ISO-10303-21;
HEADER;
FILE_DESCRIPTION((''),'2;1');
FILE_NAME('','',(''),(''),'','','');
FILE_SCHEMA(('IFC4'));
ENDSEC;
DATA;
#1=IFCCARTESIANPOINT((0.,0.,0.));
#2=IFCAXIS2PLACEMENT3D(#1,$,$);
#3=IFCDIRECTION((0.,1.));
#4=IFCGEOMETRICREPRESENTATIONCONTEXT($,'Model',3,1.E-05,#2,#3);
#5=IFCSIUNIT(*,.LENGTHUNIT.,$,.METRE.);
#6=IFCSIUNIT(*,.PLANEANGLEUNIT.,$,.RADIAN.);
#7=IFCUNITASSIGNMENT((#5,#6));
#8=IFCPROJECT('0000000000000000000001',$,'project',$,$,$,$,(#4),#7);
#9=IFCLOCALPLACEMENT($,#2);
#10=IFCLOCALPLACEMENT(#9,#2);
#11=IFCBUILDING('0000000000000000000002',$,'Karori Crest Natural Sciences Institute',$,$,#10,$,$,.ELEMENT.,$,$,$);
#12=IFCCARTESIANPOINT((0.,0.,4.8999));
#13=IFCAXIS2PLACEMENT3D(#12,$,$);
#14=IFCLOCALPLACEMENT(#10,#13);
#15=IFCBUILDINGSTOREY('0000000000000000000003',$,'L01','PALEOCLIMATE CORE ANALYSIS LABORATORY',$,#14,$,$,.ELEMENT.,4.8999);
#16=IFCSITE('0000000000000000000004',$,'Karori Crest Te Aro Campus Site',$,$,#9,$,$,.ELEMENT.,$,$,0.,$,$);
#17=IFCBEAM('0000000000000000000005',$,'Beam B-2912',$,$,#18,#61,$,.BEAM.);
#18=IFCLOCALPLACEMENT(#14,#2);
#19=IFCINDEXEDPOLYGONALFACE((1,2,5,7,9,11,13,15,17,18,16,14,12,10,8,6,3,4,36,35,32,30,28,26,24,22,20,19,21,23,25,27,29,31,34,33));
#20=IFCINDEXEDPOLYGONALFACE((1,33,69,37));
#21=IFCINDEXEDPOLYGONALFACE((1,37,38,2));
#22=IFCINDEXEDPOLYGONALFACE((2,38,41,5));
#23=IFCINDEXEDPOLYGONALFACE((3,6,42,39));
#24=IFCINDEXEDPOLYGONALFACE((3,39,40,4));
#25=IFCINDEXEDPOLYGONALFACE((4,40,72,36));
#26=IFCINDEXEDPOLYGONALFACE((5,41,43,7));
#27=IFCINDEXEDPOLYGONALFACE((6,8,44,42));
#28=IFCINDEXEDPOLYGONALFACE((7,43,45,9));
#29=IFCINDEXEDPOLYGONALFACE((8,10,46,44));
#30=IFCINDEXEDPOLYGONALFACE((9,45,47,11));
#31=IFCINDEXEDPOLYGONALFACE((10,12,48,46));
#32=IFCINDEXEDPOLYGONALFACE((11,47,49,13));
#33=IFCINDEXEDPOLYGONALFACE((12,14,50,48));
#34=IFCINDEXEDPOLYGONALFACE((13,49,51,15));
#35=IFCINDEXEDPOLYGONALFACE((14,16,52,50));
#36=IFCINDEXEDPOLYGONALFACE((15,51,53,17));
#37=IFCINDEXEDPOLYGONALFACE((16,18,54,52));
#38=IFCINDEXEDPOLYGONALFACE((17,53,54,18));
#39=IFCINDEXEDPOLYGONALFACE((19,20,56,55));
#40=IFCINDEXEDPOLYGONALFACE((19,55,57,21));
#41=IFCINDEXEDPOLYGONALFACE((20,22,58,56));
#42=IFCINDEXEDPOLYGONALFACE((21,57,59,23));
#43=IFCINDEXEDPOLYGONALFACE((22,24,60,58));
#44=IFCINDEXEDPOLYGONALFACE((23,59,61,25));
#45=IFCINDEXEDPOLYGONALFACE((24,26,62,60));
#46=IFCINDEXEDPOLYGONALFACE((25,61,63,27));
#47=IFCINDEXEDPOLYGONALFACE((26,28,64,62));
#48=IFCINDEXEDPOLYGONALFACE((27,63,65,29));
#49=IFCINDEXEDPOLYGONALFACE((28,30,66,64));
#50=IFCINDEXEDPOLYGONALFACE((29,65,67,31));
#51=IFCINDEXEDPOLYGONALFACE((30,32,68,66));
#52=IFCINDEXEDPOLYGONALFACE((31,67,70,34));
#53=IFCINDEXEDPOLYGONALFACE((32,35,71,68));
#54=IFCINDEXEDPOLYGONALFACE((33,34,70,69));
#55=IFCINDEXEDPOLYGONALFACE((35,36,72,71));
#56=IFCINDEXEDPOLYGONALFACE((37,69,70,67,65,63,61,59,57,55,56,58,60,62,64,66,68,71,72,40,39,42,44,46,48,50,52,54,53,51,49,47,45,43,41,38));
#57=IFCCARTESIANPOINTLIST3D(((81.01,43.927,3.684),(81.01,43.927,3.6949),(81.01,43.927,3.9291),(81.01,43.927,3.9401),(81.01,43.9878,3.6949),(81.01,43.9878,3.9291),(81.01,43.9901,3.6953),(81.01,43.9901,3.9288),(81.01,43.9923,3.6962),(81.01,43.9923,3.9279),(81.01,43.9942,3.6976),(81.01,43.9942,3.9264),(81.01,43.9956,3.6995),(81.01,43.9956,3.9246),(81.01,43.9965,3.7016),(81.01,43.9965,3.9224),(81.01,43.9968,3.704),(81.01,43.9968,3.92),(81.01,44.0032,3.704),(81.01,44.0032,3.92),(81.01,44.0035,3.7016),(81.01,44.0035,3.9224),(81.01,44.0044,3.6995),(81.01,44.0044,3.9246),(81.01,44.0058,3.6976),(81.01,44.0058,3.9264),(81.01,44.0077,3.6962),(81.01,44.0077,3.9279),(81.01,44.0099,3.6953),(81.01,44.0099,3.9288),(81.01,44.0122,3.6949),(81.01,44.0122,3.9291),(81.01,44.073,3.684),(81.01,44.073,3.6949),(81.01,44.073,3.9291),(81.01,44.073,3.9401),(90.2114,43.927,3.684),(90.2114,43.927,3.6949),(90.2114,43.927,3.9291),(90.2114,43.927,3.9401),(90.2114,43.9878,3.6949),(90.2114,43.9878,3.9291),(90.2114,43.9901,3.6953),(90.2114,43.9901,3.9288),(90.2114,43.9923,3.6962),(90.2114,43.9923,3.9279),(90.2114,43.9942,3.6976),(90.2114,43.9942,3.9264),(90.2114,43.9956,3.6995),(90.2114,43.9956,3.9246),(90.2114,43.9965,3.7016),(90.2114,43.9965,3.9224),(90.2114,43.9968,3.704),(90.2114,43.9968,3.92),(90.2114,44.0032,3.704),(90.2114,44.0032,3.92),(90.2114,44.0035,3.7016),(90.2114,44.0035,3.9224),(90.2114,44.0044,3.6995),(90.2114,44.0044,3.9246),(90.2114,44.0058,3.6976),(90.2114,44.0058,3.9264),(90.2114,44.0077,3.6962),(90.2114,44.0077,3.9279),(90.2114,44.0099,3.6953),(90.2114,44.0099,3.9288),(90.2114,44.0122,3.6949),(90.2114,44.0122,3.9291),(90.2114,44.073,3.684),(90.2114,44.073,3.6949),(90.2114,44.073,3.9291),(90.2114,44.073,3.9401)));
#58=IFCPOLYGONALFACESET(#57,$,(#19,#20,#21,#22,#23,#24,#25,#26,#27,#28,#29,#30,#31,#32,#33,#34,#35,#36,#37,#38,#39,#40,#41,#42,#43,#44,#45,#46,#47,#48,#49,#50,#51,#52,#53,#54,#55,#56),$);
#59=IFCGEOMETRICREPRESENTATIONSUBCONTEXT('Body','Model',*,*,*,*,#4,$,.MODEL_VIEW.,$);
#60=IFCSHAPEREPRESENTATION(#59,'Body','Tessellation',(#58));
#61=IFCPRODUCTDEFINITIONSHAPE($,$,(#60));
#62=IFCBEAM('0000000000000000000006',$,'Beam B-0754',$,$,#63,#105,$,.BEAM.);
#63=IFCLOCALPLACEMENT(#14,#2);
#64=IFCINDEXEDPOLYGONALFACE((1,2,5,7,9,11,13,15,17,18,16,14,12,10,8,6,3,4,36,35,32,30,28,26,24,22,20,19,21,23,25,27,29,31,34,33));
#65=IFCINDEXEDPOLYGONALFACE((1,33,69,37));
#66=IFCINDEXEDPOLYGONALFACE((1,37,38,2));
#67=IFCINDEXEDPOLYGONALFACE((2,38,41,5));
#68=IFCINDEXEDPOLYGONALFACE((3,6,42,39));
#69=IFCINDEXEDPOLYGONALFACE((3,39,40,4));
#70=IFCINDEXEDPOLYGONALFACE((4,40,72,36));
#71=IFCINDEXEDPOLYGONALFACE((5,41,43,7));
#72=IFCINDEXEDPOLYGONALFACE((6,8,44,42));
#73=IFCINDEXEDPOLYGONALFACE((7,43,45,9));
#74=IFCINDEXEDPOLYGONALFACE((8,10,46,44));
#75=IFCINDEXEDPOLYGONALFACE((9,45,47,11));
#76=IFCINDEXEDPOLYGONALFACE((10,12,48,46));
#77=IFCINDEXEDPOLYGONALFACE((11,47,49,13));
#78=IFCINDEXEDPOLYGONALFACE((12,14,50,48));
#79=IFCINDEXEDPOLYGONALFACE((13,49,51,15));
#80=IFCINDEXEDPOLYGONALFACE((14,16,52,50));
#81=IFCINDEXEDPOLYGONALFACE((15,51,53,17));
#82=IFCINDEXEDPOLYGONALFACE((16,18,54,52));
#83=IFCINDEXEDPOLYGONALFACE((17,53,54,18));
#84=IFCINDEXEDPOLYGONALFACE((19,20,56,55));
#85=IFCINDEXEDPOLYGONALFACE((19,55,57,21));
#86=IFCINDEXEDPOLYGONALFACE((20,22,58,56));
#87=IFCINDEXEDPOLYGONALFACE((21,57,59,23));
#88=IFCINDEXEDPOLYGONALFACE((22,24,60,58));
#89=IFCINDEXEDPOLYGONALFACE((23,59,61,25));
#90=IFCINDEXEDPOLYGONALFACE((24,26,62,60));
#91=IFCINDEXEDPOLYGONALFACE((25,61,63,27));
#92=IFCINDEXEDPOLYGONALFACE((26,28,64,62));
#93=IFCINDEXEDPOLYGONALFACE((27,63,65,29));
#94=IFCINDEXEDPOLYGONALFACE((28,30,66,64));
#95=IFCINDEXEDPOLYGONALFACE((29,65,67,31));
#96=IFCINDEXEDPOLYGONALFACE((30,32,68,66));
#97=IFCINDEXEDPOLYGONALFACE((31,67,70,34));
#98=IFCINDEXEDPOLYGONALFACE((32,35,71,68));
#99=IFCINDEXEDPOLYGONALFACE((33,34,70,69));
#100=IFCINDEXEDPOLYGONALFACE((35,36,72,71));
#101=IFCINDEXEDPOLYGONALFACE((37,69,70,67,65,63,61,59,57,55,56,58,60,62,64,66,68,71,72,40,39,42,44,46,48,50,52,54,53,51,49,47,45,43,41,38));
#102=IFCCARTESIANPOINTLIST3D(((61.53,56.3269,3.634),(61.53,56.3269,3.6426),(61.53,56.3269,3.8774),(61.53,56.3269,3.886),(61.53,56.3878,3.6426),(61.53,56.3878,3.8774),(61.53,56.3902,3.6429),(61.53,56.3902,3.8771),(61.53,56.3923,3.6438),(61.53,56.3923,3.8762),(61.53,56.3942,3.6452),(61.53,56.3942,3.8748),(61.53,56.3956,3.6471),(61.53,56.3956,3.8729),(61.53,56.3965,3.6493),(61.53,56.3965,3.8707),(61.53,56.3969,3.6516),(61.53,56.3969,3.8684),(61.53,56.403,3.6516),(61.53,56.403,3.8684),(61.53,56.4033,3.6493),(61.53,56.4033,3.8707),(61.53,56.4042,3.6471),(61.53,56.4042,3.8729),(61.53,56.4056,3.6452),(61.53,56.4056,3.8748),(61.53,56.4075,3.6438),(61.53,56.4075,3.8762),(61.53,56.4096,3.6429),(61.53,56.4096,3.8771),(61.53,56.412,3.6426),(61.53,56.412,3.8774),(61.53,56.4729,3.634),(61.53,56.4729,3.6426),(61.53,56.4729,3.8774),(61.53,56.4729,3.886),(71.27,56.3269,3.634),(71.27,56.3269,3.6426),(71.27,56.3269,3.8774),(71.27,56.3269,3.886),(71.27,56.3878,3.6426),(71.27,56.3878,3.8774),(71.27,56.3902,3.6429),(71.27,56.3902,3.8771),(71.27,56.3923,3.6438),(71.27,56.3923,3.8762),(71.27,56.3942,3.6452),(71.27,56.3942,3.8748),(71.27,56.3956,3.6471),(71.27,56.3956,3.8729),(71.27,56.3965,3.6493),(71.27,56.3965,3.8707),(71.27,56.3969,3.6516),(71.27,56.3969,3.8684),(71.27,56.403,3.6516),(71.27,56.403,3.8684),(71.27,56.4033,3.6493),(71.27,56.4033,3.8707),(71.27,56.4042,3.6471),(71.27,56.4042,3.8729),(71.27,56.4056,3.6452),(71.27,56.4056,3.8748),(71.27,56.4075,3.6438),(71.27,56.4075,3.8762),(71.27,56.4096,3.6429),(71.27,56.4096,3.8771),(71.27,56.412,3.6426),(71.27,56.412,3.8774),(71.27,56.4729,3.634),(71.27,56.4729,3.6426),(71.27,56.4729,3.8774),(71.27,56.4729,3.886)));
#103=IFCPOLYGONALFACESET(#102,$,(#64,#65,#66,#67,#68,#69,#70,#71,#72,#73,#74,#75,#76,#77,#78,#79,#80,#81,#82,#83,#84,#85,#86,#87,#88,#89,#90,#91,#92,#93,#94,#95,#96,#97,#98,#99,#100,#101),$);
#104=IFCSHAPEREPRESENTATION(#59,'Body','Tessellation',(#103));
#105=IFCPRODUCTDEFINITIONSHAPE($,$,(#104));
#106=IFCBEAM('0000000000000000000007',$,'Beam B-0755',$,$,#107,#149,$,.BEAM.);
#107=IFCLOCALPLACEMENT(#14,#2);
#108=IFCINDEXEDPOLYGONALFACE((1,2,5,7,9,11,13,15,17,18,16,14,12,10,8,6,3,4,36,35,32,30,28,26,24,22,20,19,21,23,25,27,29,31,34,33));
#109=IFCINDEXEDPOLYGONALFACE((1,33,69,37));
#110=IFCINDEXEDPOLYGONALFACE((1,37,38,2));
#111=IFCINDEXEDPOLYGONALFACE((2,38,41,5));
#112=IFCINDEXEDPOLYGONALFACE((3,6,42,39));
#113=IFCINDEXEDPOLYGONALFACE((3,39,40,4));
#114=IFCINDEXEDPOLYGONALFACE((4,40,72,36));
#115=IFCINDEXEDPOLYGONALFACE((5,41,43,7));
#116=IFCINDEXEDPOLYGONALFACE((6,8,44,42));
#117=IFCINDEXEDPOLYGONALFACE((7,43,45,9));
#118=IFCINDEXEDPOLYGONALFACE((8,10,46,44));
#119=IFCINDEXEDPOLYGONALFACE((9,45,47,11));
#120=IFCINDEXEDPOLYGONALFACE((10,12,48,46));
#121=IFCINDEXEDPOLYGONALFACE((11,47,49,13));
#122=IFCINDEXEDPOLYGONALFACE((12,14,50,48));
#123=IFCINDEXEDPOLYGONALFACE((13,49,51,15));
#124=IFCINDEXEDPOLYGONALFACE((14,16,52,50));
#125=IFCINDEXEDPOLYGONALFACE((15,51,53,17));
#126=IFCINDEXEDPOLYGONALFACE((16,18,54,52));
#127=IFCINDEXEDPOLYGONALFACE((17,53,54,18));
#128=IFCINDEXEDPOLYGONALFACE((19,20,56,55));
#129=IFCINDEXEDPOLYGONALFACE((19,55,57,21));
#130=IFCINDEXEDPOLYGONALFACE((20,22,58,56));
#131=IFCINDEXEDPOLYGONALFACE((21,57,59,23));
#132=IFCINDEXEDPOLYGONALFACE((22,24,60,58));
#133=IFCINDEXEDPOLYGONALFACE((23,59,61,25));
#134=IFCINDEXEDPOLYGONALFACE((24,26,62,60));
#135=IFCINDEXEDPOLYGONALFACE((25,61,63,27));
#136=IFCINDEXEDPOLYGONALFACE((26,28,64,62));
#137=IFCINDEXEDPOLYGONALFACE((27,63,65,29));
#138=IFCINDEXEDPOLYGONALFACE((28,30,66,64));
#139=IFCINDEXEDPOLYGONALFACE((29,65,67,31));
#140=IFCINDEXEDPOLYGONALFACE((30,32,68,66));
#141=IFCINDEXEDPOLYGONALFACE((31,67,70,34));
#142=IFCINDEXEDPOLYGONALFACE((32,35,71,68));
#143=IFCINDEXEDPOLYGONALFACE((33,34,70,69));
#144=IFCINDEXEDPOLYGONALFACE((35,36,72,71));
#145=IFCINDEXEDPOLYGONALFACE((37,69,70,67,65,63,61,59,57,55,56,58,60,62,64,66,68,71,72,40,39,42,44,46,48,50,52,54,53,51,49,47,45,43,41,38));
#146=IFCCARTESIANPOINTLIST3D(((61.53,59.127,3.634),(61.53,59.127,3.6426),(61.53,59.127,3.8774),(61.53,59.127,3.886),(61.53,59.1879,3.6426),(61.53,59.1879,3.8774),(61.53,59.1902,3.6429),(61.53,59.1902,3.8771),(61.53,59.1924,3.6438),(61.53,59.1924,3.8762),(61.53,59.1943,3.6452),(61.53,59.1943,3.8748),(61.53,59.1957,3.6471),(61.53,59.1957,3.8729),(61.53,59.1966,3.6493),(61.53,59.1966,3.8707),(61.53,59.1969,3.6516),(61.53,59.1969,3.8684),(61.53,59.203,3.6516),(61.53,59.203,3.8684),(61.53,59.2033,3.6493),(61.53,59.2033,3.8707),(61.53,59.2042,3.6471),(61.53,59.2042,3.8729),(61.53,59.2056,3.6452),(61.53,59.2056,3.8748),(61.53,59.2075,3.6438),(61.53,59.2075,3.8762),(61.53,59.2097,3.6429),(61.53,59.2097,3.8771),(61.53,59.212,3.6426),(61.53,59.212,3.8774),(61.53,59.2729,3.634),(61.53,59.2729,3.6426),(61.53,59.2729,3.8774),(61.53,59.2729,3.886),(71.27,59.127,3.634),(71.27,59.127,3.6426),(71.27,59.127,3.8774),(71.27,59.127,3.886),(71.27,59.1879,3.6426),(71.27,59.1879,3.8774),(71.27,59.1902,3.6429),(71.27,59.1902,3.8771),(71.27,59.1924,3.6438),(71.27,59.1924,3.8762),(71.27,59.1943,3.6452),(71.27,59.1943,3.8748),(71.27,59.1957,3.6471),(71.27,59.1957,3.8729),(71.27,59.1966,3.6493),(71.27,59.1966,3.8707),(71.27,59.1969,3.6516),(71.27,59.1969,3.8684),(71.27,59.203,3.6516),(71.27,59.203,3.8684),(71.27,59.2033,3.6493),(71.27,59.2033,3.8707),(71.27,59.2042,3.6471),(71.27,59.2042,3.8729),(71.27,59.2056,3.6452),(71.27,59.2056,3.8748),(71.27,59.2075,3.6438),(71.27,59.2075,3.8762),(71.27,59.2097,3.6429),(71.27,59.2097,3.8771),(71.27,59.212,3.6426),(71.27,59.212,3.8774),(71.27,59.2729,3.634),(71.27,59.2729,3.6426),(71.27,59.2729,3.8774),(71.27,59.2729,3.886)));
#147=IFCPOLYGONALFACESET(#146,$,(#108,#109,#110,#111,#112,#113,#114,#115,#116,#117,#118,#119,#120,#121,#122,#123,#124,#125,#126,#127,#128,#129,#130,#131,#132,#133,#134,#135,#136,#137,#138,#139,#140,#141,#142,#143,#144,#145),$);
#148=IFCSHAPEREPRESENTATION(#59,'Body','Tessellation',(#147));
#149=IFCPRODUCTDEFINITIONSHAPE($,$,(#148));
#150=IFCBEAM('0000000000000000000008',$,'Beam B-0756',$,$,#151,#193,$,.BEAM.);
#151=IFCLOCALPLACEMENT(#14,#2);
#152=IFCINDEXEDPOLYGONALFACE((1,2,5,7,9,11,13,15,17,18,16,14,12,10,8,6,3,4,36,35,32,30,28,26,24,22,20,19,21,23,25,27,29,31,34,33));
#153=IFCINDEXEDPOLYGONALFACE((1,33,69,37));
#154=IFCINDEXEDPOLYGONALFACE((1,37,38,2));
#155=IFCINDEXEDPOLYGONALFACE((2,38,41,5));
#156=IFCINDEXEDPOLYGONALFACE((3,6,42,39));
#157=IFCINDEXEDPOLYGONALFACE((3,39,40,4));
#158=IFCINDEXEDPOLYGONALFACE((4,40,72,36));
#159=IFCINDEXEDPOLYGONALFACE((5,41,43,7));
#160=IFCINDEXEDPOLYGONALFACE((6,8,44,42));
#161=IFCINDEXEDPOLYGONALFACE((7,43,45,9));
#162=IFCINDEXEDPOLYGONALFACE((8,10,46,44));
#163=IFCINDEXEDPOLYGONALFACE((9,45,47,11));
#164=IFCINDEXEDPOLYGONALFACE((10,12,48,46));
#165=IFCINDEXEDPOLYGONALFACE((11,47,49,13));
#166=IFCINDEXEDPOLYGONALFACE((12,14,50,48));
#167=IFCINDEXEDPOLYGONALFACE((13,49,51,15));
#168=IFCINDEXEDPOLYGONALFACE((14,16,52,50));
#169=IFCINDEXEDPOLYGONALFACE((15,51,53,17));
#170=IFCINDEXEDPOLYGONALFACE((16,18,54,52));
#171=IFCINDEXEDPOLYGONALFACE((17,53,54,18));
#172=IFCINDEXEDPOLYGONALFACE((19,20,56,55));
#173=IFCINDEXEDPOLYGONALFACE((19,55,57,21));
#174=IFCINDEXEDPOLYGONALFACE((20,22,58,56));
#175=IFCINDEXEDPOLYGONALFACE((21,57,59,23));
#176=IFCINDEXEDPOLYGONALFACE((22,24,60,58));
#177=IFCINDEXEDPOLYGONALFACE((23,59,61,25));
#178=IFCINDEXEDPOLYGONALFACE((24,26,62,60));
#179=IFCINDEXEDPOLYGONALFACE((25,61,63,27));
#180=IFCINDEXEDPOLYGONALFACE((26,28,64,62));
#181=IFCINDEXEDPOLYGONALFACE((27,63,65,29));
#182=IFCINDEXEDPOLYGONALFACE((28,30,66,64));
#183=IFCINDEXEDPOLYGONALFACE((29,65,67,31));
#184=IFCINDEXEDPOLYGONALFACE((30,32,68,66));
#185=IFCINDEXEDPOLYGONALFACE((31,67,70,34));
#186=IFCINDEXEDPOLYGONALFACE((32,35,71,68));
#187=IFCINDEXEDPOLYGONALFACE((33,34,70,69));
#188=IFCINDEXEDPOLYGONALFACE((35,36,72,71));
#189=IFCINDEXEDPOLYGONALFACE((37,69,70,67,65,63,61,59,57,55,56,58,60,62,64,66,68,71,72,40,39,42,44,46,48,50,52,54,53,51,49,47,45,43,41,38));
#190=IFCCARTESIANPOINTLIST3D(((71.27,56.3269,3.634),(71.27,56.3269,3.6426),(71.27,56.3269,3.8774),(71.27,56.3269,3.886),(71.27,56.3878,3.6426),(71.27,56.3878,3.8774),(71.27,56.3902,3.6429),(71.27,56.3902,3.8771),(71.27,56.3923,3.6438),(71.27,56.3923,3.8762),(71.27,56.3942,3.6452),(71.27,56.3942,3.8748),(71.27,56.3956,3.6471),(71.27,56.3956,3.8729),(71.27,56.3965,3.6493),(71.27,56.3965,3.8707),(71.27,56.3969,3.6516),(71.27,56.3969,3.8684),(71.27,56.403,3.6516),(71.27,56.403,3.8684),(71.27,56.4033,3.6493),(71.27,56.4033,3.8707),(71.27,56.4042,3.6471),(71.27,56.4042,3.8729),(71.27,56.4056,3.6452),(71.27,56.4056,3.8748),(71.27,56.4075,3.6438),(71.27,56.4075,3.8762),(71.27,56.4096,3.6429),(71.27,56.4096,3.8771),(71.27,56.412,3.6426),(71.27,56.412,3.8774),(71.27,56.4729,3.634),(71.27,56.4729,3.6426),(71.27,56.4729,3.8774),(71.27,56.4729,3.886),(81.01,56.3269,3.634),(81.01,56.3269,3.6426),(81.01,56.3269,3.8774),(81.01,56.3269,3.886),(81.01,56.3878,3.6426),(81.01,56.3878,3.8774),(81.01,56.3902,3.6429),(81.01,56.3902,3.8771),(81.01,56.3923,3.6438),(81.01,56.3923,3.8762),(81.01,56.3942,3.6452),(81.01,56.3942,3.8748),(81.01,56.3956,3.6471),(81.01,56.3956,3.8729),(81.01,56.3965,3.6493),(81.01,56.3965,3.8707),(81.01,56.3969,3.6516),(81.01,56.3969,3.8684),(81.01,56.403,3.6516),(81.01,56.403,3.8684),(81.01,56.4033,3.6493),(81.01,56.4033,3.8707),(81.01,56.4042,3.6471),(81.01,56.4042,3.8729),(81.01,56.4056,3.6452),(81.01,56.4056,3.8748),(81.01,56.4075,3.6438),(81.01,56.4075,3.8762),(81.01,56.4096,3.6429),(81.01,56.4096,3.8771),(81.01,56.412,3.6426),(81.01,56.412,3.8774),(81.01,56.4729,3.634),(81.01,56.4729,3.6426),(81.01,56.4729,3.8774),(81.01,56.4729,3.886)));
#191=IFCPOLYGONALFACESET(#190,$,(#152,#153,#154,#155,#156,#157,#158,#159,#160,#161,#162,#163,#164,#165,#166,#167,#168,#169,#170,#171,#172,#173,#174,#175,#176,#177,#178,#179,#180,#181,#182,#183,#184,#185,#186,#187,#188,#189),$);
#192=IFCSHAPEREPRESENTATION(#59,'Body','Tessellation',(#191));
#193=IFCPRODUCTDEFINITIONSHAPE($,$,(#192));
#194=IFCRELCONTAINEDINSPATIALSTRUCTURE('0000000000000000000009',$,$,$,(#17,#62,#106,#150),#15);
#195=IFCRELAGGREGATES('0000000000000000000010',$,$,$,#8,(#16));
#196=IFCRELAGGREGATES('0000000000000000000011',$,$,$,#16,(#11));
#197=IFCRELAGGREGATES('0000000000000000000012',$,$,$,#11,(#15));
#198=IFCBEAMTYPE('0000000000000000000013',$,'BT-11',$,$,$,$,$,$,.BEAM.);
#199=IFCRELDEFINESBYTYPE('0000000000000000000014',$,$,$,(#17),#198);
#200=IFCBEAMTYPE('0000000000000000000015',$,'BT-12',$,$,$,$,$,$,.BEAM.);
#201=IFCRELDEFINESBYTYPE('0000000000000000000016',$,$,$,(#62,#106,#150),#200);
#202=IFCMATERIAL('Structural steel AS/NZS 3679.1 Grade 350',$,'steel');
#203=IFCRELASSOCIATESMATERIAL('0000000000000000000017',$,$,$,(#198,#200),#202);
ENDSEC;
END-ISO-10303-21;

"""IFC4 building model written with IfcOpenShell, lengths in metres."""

from ifc_helpers import new_model, si_unit, direction, frame, origin, origin_2d, place, context, subcontext, project, spatial, i_section, extrude, material, material_profile, profile_set, type_object, element, save


model = new_model("IFC4")

# Units and contexts
model_context = context("Model", 3, precision=1e-05, world=origin(), true_north=direction((0.0, 1.0)))
body_context = subcontext(model_context, "Body", "Model", "MODEL_VIEW")
ifc_project = project(units=[si_unit("LENGTHUNIT", "METRE"), si_unit("PLANEANGLEUNIT", "RADIAN")], contexts=[model_context])

# Site, building, storey
site_placement = place(None, origin())
site = spatial("IfcSite", under=ifc_project, at=site_placement, Name="Karori Crest Te Aro Campus Site", CompositionType="ELEMENT", RefElevation=0.0)
building_placement = place(site_placement, origin())
building = spatial("IfcBuilding", under=site, at=building_placement, Name="Karori Crest Natural Sciences Institute", CompositionType="ELEMENT")
storey_placement = place(building_placement, frame((0.0, 0.0, 4.8999)))
storey = spatial("IfcBuildingStorey", under=building, at=storey_placement, Name="L01", Description="PALEOCLIMATE CORE ANALYSIS LABORATORY", CompositionType="ELEMENT", Elevation=4.8999)

# Beams
ifc_material_1 = material(Name="Structural steel AS/NZS 3679.1 Grade 350", Category="steel")
ifc_material_profile_1 = material_profile(ifc_material_1, i_section(OverallWidth=0.146, OverallDepth=0.2561, WebThickness=0.0063, FlangeThickness=0.011, FilletRadius=0.009, at=origin_2d()), Name="250UB37.3")
ifc_profile_set_1 = profile_set([ifc_material_profile_1], Name="Structural steel AS/NZS 3679.1 Grade 350")
beam_type_1 = type_object("IfcBeamType", Name="BT-11", PredefinedType="BEAM", material=ifc_profile_set_1)
beam_placement = place(storey_placement, frame((81.01, 44.0, 3.812), z_axis=(1.0, 0.0, 0.0), x_axis=(0.0, 1.0, 0.0)))
element("IfcBeam", 1, at=beam_placement, inside=storey, type_object=beam_type_1, Name="Beam B-2912", PredefinedType="BEAM", context=body_context, shape_type="SweptSolid", body=[
    extrude(i_section(OverallWidth=0.146, OverallDepth=0.2561, WebThickness=0.0063, FlangeThickness=0.011, FilletRadius=0.009, at=origin_2d()), origin(), (0.0, 0.0, 1.0), 9.2014),
])
ifc_material_profile_2 = material_profile(ifc_material_1, i_section(OverallWidth=0.146, OverallDepth=0.252, WebThickness=0.0061, FlangeThickness=0.0085, FilletRadius=0.009, at=origin_2d()), Name="250UB31.4")
ifc_profile_set_2 = profile_set([ifc_material_profile_2], Name="Structural steel AS/NZS 3679.1 Grade 350")
beam_type_2 = type_object("IfcBeamType", Name="BT-12", PredefinedType="BEAM", material=ifc_profile_set_2)
for number, where, z_axis, x_axis, name in (
    (2, (61.53, 56.3999, 3.76), (1.0, 0.0, 0.0), (0.0, 1.0, 0.0), "Beam B-0754"),
    (3, (61.53, 59.2, 3.76), (1.0, 0.0, 0.0), (0.0, 1.0, 0.0), "Beam B-0755"),
    (4, (71.27, 56.3999, 3.76), (1.0, 0.0, 0.0), (0.0, 1.0, 0.0), "Beam B-0756"),
):
    element("IfcBeam", number, at=place(storey_placement, frame(where, z_axis=z_axis, x_axis=x_axis)), inside=storey, type_object=beam_type_2, Name=name, PredefinedType="BEAM", context=body_context, shape_type="SweptSolid", body=[
        extrude(i_section(OverallWidth=0.146, OverallDepth=0.252, WebThickness=0.0061, FlangeThickness=0.0085, FilletRadius=0.009, at=origin_2d()), origin(), (0.0, 0.0, 1.0), 9.74),
    ])

save(model, "model.ifc")
